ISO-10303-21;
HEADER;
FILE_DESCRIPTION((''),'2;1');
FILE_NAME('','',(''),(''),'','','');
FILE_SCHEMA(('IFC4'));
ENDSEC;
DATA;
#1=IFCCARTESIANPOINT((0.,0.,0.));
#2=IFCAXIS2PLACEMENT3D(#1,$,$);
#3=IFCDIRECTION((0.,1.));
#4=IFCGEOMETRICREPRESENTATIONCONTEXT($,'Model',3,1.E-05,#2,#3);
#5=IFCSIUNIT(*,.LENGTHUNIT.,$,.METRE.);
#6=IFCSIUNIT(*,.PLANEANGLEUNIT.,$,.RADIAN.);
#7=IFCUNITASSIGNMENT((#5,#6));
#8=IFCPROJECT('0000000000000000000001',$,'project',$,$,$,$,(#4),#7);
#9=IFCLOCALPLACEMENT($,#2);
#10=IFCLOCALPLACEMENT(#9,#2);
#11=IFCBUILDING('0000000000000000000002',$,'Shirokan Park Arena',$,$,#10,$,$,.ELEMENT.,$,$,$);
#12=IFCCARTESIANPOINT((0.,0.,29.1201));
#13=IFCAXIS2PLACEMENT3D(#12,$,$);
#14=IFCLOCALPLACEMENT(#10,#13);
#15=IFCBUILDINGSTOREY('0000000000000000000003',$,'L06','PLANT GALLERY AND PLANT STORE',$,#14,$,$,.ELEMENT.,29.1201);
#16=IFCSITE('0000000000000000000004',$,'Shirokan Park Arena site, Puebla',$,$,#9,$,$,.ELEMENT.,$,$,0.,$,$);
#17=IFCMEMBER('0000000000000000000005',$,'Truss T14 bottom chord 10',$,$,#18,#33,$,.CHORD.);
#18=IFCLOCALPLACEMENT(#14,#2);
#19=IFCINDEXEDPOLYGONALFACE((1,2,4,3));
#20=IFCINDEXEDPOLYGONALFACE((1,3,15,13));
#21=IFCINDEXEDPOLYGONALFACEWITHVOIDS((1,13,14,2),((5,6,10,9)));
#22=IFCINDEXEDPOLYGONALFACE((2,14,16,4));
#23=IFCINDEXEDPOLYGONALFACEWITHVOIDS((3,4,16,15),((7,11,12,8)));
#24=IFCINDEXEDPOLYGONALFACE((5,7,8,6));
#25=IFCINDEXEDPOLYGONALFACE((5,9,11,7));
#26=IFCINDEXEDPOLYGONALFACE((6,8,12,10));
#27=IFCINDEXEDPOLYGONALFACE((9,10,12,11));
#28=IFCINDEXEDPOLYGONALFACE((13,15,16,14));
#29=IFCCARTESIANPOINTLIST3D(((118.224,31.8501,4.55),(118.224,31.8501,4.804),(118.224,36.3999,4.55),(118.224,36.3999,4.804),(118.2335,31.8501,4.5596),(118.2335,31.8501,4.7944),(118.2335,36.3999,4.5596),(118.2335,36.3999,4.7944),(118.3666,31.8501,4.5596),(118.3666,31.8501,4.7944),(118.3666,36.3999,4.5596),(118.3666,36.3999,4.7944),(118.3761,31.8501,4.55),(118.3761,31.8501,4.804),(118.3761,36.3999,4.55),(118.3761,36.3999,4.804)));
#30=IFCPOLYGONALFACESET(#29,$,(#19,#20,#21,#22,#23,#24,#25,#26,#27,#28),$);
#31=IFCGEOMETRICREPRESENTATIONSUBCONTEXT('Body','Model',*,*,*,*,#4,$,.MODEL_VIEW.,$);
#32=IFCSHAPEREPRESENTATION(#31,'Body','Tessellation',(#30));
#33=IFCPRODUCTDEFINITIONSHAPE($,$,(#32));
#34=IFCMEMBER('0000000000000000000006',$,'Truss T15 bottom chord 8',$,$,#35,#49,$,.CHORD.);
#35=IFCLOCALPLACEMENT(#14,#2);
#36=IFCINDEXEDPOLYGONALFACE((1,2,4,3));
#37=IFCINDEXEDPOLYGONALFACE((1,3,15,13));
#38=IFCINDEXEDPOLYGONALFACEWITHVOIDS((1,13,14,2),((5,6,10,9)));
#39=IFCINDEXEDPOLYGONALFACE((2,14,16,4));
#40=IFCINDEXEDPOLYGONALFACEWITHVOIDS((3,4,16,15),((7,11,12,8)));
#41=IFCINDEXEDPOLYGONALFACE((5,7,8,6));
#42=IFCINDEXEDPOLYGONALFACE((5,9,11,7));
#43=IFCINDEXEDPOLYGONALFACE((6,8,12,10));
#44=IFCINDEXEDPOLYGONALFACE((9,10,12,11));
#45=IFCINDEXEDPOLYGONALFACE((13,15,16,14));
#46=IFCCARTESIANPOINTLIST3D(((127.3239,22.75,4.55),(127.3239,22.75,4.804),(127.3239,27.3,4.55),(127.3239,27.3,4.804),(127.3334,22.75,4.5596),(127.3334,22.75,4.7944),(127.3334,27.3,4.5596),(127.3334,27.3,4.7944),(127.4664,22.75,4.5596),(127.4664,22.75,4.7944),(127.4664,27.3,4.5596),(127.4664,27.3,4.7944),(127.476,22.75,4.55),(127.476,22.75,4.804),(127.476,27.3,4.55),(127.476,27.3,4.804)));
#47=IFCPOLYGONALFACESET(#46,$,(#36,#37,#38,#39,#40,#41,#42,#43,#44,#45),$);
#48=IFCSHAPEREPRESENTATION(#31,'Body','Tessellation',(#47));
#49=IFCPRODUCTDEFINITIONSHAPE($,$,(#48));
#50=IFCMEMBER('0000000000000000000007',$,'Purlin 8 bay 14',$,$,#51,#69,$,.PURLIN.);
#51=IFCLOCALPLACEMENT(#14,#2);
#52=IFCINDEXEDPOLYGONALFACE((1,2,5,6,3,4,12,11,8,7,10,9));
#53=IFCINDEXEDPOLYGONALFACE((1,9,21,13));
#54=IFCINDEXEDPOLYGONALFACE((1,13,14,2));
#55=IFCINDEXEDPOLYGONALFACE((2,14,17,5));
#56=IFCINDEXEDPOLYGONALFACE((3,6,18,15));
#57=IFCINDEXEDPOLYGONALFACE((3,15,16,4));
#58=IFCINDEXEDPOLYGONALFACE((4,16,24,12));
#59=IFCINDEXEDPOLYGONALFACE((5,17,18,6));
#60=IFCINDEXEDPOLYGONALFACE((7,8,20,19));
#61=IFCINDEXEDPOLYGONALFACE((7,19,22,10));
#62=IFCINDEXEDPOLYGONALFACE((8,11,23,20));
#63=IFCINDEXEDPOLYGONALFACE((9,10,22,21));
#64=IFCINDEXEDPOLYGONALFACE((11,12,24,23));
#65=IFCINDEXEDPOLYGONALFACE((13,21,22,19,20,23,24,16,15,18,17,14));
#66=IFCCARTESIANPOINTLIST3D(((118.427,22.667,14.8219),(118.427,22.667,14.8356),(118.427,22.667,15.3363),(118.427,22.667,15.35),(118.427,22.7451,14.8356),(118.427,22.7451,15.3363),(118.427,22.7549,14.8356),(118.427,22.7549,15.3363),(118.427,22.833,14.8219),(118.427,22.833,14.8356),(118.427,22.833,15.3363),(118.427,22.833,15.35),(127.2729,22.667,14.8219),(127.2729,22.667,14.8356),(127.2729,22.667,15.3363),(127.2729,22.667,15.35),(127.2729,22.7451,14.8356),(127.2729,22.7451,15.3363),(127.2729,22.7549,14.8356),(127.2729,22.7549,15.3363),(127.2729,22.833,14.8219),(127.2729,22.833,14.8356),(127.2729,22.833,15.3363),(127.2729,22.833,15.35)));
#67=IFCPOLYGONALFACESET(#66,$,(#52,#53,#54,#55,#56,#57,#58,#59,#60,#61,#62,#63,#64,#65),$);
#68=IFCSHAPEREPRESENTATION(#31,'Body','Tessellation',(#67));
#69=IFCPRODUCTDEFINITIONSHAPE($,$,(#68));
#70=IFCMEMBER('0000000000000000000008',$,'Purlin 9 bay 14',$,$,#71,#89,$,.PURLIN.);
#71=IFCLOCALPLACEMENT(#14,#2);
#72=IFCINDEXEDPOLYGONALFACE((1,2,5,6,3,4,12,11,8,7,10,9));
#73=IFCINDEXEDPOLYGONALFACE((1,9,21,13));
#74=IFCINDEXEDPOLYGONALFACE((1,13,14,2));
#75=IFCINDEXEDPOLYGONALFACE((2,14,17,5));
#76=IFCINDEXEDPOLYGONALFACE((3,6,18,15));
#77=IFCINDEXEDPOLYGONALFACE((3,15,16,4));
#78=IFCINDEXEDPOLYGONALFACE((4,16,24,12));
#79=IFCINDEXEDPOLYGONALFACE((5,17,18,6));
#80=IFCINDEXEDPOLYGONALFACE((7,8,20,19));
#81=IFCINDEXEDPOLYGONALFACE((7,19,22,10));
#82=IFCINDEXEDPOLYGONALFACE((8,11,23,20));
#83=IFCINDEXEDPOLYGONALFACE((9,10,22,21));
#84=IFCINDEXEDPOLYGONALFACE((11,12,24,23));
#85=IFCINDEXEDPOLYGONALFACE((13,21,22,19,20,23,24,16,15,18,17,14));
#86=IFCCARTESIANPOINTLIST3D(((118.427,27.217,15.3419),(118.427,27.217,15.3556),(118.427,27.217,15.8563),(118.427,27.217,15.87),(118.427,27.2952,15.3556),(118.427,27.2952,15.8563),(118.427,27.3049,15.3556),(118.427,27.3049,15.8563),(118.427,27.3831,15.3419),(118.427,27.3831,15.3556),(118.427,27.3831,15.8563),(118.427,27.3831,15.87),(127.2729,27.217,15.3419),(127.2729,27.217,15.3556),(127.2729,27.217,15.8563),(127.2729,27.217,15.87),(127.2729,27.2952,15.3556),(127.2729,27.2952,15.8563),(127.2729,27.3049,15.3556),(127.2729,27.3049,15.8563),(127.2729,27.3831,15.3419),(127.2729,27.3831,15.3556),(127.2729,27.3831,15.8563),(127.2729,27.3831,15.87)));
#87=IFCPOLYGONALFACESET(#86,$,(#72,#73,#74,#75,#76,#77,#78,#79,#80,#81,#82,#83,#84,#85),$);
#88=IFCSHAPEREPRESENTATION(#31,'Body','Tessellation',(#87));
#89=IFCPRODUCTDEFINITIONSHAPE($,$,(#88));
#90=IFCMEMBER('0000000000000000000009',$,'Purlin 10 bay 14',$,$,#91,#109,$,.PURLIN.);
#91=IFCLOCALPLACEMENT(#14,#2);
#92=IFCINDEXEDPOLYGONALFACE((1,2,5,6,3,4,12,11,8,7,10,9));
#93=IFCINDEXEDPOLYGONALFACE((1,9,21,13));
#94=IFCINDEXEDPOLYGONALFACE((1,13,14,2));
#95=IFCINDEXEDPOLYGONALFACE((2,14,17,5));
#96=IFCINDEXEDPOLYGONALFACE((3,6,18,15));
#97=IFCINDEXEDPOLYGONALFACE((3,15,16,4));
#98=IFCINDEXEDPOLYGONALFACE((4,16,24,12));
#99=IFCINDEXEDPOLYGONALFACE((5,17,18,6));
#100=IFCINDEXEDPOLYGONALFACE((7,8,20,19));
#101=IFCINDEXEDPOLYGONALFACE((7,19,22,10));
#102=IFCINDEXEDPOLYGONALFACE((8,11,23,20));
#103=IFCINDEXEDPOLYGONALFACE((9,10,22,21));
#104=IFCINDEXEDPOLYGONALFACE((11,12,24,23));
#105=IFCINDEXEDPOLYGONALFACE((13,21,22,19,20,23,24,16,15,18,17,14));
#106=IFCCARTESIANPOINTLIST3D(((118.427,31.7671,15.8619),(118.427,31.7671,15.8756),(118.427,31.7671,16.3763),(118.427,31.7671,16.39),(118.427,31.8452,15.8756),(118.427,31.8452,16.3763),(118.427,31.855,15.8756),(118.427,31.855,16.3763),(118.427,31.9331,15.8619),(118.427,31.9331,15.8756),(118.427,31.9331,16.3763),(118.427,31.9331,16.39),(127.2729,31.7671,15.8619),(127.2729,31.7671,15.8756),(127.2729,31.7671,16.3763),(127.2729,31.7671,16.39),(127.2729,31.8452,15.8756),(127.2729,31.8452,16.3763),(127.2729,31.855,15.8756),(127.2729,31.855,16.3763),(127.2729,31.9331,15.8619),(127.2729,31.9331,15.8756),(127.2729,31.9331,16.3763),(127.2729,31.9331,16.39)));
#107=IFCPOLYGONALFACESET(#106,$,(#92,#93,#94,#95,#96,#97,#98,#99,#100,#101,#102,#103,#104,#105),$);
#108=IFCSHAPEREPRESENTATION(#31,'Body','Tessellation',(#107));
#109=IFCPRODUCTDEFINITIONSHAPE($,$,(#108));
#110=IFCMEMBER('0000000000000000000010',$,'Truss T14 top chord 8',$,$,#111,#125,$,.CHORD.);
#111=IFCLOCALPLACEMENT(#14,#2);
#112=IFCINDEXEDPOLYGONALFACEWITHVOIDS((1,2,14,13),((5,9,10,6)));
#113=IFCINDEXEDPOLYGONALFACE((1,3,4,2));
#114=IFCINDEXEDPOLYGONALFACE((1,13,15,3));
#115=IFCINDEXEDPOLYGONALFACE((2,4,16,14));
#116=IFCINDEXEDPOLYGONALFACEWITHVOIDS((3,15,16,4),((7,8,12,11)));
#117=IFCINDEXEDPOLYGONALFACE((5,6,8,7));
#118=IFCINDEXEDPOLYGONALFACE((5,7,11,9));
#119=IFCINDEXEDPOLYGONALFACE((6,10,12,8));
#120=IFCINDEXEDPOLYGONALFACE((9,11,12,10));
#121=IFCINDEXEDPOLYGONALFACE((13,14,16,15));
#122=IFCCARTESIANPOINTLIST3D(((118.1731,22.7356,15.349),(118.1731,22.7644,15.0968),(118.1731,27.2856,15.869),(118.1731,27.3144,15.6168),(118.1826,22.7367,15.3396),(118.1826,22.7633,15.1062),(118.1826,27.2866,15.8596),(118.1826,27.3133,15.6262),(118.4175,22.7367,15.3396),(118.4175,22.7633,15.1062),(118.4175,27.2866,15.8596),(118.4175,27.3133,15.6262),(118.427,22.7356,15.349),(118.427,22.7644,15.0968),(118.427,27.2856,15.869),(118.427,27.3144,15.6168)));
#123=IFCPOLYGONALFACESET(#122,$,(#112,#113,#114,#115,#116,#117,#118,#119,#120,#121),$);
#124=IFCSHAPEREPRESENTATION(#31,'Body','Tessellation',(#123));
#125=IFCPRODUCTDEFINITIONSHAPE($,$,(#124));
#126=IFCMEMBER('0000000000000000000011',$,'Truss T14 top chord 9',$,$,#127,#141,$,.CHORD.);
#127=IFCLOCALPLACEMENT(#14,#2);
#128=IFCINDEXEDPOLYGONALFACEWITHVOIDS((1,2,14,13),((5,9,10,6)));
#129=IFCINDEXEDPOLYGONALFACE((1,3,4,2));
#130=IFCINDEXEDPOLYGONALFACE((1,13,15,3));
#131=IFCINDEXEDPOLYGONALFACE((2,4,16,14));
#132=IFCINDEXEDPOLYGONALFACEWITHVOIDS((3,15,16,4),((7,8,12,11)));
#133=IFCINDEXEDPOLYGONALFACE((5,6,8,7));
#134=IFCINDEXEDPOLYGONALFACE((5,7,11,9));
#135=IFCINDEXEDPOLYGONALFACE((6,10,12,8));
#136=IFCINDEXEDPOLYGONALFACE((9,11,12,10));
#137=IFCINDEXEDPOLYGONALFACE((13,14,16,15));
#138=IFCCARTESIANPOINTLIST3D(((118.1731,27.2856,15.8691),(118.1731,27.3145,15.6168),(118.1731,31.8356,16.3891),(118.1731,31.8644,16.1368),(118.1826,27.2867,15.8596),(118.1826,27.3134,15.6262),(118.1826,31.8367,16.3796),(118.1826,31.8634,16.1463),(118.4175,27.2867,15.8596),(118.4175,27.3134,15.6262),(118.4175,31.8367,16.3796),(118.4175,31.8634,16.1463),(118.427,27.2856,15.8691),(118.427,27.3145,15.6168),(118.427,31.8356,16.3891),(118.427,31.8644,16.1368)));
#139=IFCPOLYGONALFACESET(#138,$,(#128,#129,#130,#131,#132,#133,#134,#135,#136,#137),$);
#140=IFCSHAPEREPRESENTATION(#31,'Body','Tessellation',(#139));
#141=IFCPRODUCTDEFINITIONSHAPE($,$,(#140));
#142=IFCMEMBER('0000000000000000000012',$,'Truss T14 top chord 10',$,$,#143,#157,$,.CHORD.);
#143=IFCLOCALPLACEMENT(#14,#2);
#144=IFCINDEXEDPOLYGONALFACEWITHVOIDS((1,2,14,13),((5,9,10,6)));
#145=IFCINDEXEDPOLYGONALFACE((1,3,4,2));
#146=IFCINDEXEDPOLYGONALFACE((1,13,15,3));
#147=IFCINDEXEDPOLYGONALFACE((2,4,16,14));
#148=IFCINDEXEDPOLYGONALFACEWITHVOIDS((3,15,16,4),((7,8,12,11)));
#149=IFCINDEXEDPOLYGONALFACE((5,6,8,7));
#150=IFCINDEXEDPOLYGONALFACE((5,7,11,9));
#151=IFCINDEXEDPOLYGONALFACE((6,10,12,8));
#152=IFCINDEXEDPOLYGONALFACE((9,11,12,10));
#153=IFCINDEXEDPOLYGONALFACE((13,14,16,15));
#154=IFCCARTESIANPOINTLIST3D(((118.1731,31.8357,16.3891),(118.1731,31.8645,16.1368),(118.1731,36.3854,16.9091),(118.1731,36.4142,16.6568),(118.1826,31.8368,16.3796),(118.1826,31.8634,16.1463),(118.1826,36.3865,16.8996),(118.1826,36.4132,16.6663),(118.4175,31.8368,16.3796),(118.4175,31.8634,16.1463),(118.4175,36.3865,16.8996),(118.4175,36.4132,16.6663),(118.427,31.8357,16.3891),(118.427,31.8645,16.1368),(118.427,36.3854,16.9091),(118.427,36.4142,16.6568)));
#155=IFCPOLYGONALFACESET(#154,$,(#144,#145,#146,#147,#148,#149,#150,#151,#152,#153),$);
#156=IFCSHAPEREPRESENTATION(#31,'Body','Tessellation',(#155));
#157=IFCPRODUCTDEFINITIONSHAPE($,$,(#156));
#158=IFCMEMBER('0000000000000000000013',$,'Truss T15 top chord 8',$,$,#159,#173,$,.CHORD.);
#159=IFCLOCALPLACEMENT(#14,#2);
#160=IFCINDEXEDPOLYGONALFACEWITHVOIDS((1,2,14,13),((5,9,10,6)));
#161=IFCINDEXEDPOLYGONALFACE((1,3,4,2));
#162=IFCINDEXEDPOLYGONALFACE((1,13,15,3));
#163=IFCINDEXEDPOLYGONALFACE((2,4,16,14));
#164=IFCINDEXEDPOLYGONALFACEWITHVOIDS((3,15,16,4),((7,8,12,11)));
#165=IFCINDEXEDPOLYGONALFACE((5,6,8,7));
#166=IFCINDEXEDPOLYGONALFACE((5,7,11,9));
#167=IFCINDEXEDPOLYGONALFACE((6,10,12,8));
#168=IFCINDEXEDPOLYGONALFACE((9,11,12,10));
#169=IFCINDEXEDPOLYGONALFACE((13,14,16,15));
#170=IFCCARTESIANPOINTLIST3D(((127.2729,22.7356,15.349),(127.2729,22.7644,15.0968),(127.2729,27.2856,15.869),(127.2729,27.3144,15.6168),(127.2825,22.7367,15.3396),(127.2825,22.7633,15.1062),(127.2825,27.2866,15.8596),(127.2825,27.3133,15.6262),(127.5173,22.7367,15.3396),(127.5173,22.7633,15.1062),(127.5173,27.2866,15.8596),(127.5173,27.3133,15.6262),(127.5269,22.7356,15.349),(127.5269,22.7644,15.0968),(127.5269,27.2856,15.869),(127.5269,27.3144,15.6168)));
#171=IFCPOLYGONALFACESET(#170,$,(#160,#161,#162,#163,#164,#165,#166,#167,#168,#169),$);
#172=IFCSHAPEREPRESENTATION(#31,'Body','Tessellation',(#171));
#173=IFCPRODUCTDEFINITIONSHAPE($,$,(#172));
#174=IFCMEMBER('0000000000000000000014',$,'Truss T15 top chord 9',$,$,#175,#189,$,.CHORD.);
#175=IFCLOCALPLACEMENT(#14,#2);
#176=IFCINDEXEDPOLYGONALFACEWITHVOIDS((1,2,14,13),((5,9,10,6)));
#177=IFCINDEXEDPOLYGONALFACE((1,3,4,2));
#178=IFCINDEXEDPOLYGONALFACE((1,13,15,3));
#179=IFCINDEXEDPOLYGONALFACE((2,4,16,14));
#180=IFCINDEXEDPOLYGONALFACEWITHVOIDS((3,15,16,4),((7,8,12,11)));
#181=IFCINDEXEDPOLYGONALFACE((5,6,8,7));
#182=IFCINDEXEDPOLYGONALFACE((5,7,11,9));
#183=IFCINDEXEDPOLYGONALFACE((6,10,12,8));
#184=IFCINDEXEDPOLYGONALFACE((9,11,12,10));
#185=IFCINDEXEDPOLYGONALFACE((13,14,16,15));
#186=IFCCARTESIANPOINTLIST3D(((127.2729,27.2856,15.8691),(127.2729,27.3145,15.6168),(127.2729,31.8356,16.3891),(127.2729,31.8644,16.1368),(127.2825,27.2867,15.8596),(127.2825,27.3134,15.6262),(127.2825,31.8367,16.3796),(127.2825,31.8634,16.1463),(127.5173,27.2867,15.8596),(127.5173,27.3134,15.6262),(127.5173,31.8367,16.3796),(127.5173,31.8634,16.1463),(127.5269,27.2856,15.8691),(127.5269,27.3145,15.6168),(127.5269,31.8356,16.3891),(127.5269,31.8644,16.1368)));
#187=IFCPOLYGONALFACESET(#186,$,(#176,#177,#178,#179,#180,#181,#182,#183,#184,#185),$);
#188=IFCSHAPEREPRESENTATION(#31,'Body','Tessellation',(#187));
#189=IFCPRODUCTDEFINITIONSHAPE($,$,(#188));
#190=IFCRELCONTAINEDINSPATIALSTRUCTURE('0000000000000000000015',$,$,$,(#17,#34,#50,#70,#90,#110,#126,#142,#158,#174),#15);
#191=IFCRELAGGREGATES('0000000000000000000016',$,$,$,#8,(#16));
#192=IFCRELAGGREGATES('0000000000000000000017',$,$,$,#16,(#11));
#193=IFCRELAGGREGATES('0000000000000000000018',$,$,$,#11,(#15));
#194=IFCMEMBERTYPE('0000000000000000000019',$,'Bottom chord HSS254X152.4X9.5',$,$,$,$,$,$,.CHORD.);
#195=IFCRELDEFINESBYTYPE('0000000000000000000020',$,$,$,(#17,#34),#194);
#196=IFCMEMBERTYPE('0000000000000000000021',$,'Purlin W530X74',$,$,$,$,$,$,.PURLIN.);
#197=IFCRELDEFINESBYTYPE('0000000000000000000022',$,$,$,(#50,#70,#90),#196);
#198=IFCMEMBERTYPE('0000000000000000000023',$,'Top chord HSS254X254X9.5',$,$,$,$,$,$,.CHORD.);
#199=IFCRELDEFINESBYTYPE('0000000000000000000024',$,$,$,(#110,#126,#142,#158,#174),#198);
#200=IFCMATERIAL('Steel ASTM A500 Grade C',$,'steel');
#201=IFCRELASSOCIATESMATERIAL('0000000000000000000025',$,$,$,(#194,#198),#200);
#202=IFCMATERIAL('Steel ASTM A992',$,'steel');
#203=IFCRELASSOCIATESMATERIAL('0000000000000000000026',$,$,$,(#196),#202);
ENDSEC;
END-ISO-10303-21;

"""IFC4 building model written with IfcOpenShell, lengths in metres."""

from ifc_helpers import new_model, si_unit, direction, frame, origin, origin_2d, place, context, subcontext, project, spatial, hollow_rectangle, i_section, extrude, material, material_profile, profile_set, type_object, element, save


model = new_model("IFC4")

# Units and contexts
model_context = context("Model", 3, precision=1e-05, world=origin(), true_north=direction((0.0, 1.0)))
body_context = subcontext(model_context, "Body", "Model", "MODEL_VIEW")
ifc_project = project(units=[si_unit("LENGTHUNIT", "METRE"), si_unit("PLANEANGLEUNIT", "RADIAN")], contexts=[model_context])

# Site, building, storey
site_placement = place(None, origin())
site = spatial("IfcSite", under=ifc_project, at=site_placement, Name="Shirokan Park Arena site, Puebla", CompositionType="ELEMENT", RefElevation=0.0)
building_placement = place(site_placement, origin())
building = spatial("IfcBuilding", under=site, at=building_placement, Name="Shirokan Park Arena", CompositionType="ELEMENT")
storey_placement = place(building_placement, frame((0.0, 0.0, 29.1201)))
storey = spatial("IfcBuildingStorey", under=building, at=storey_placement, Name="L06", Description="PLANT GALLERY AND PLANT STORE", CompositionType="ELEMENT", Elevation=29.1201)

# Members
ifc_material_1 = material(Name="Steel ASTM A500 Grade C", Category="steel")
ifc_material_profile_1 = material_profile(ifc_material_1, hollow_rectangle(XDim=0.1521, YDim=0.2539, WallThickness=0.0095, at=origin_2d()), Name="HSS254X152.4X9.5")
ifc_profile_set_1 = profile_set([ifc_material_profile_1], Name="Steel ASTM A500 Grade C")
member_type_1 = type_object("IfcMemberType", Name="Bottom chord HSS254X152.4X9.5", PredefinedType="CHORD", material=ifc_profile_set_1)
member_1_placement = place(storey_placement, frame((118.3, 31.8501, 4.677), z_axis=(0.0, 1.0, 0.0), x_axis=(-1.0, 0.0, 0.0)))
element("IfcMember", 1, at=member_1_placement, inside=storey, type_object=member_type_1, Name="Truss T14 bottom chord 10", PredefinedType="CHORD", context=body_context, shape_type="SweptSolid", body=[
    extrude(hollow_rectangle(XDim=0.1521, YDim=0.2539, WallThickness=0.0095, at=origin_2d()), origin(), (0.0, 0.0, 1.0), 4.5498),
])
member_2_placement = place(storey_placement, frame((127.3999, 22.75, 4.677), z_axis=(0.0, 1.0, 0.0), x_axis=(-1.0, 0.0, 0.0)))
element("IfcMember", 2, at=member_2_placement, inside=storey, type_object=member_type_1, Name="Truss T15 bottom chord 8", PredefinedType="CHORD", context=body_context, shape_type="SweptSolid", body=[
    extrude(hollow_rectangle(XDim=0.1521, YDim=0.2539, WallThickness=0.0095, at=origin_2d()), origin(), (0.0, 0.0, 1.0), 4.55),
])
ifc_material_2 = material(Name="Steel ASTM A992", Category="steel")
ifc_material_profile_2 = material_profile(ifc_material_2, i_section(OverallWidth=0.166, OverallDepth=0.5281, WebThickness=0.0098, FlangeThickness=0.0137, at=origin_2d()), Name="W530X74")
ifc_profile_set_2 = profile_set([ifc_material_profile_2], Name="Steel ASTM A992")
member_type_2 = type_object("IfcMemberType", Name="Purlin W530X74", PredefinedType="PURLIN", material=ifc_profile_set_2)
for number, where, z_axis, x_axis, name in (
    (3, (118.427, 22.75, 15.0859), (1.0, 0.0, 0.0), (0.0, 1.0, 0.0), "Purlin 8 bay 14"),
    (4, (118.427, 27.3, 15.606), (1.0, 0.0, 0.0), (0.0, 1.0, 0.0), "Purlin 9 bay 14"),
    (5, (118.427, 31.8501, 16.126), (1.0, 0.0, 0.0), (0.0, 1.0, 0.0), "Purlin 10 bay 14"),
):
    element("IfcMember", number, at=place(storey_placement, frame(where, z_axis=z_axis, x_axis=x_axis)), inside=storey, type_object=member_type_2, Name=name, PredefinedType="PURLIN", context=body_context, shape_type="SweptSolid", body=[
        extrude(i_section(OverallWidth=0.166, OverallDepth=0.5281, WebThickness=0.0098, FlangeThickness=0.0137, at=origin_2d()), origin(), (0.0, 0.0, 1.0), 8.8459),
    ])
ifc_material_profile_3 = material_profile(ifc_material_1, hollow_rectangle(XDim=0.2539, YDim=0.2539, WallThickness=0.0095, at=origin_2d()), Name="HSS254X254X9.5")
ifc_profile_set_3 = profile_set([ifc_material_profile_3], Name="Steel ASTM A500 Grade C")
member_type_3 = type_object("IfcMemberType", Name="Top chord HSS254X254X9.5", PredefinedType="CHORD", material=ifc_profile_set_3)
for number, where, z_axis, x_axis, name in (
    (6, (118.3, 22.75, 15.2229), (0.0, 0.993532, 0.11355), (-1.0, 0.0, 0.0), "Truss T14 top chord 8"),
    (7, (118.3, 27.3, 15.7429), (0.0, 0.993532, 0.11355), (-1.0, 0.0, 0.0), "Truss T14 top chord 9"),
):
    element("IfcMember", number, at=place(storey_placement, frame(where, z_axis=z_axis, x_axis=x_axis)), inside=storey, type_object=member_type_3, Name=name, PredefinedType="CHORD", context=body_context, shape_type="SweptSolid", body=[
        extrude(hollow_rectangle(XDim=0.2539, YDim=0.2539, WallThickness=0.0095, at=origin_2d()), origin(), (0.0, 0.0, 1.0), 4.5796),
    ])
member_3_placement = place(storey_placement, frame((118.3, 31.8501, 16.2629), z_axis=(0.0, 0.993532, 0.113556), x_axis=(-1.0, 0.0, 0.0)))
element("IfcMember", 8, at=member_3_placement, inside=storey, type_object=member_type_3, Name="Truss T14 top chord 10", PredefinedType="CHORD", context=body_context, shape_type="SweptSolid", body=[
    extrude(hollow_rectangle(XDim=0.2539, YDim=0.2539, WallThickness=0.0095, at=origin_2d()), origin(), (0.0, 0.0, 1.0), 4.5793),
])
for number, where, z_axis, x_axis, name in (
    (9, (127.3999, 22.75, 15.2229), (0.0, 0.993532, 0.11355), (-1.0, 0.0, 0.0), "Truss T15 top chord 8"),
    (10, (127.3999, 27.3, 15.7429), (0.0, 0.993532, 0.11355), (-1.0, 0.0, 0.0), "Truss T15 top chord 9"),
):
    element("IfcMember", number, at=place(storey_placement, frame(where, z_axis=z_axis, x_axis=x_axis)), inside=storey, type_object=member_type_3, Name=name, PredefinedType="CHORD", context=body_context, shape_type="SweptSolid", body=[
        extrude(hollow_rectangle(XDim=0.2539, YDim=0.2539, WallThickness=0.0095, at=origin_2d()), origin(), (0.0, 0.0, 1.0), 4.5796),
    ])

save(model, "model.ifc")
